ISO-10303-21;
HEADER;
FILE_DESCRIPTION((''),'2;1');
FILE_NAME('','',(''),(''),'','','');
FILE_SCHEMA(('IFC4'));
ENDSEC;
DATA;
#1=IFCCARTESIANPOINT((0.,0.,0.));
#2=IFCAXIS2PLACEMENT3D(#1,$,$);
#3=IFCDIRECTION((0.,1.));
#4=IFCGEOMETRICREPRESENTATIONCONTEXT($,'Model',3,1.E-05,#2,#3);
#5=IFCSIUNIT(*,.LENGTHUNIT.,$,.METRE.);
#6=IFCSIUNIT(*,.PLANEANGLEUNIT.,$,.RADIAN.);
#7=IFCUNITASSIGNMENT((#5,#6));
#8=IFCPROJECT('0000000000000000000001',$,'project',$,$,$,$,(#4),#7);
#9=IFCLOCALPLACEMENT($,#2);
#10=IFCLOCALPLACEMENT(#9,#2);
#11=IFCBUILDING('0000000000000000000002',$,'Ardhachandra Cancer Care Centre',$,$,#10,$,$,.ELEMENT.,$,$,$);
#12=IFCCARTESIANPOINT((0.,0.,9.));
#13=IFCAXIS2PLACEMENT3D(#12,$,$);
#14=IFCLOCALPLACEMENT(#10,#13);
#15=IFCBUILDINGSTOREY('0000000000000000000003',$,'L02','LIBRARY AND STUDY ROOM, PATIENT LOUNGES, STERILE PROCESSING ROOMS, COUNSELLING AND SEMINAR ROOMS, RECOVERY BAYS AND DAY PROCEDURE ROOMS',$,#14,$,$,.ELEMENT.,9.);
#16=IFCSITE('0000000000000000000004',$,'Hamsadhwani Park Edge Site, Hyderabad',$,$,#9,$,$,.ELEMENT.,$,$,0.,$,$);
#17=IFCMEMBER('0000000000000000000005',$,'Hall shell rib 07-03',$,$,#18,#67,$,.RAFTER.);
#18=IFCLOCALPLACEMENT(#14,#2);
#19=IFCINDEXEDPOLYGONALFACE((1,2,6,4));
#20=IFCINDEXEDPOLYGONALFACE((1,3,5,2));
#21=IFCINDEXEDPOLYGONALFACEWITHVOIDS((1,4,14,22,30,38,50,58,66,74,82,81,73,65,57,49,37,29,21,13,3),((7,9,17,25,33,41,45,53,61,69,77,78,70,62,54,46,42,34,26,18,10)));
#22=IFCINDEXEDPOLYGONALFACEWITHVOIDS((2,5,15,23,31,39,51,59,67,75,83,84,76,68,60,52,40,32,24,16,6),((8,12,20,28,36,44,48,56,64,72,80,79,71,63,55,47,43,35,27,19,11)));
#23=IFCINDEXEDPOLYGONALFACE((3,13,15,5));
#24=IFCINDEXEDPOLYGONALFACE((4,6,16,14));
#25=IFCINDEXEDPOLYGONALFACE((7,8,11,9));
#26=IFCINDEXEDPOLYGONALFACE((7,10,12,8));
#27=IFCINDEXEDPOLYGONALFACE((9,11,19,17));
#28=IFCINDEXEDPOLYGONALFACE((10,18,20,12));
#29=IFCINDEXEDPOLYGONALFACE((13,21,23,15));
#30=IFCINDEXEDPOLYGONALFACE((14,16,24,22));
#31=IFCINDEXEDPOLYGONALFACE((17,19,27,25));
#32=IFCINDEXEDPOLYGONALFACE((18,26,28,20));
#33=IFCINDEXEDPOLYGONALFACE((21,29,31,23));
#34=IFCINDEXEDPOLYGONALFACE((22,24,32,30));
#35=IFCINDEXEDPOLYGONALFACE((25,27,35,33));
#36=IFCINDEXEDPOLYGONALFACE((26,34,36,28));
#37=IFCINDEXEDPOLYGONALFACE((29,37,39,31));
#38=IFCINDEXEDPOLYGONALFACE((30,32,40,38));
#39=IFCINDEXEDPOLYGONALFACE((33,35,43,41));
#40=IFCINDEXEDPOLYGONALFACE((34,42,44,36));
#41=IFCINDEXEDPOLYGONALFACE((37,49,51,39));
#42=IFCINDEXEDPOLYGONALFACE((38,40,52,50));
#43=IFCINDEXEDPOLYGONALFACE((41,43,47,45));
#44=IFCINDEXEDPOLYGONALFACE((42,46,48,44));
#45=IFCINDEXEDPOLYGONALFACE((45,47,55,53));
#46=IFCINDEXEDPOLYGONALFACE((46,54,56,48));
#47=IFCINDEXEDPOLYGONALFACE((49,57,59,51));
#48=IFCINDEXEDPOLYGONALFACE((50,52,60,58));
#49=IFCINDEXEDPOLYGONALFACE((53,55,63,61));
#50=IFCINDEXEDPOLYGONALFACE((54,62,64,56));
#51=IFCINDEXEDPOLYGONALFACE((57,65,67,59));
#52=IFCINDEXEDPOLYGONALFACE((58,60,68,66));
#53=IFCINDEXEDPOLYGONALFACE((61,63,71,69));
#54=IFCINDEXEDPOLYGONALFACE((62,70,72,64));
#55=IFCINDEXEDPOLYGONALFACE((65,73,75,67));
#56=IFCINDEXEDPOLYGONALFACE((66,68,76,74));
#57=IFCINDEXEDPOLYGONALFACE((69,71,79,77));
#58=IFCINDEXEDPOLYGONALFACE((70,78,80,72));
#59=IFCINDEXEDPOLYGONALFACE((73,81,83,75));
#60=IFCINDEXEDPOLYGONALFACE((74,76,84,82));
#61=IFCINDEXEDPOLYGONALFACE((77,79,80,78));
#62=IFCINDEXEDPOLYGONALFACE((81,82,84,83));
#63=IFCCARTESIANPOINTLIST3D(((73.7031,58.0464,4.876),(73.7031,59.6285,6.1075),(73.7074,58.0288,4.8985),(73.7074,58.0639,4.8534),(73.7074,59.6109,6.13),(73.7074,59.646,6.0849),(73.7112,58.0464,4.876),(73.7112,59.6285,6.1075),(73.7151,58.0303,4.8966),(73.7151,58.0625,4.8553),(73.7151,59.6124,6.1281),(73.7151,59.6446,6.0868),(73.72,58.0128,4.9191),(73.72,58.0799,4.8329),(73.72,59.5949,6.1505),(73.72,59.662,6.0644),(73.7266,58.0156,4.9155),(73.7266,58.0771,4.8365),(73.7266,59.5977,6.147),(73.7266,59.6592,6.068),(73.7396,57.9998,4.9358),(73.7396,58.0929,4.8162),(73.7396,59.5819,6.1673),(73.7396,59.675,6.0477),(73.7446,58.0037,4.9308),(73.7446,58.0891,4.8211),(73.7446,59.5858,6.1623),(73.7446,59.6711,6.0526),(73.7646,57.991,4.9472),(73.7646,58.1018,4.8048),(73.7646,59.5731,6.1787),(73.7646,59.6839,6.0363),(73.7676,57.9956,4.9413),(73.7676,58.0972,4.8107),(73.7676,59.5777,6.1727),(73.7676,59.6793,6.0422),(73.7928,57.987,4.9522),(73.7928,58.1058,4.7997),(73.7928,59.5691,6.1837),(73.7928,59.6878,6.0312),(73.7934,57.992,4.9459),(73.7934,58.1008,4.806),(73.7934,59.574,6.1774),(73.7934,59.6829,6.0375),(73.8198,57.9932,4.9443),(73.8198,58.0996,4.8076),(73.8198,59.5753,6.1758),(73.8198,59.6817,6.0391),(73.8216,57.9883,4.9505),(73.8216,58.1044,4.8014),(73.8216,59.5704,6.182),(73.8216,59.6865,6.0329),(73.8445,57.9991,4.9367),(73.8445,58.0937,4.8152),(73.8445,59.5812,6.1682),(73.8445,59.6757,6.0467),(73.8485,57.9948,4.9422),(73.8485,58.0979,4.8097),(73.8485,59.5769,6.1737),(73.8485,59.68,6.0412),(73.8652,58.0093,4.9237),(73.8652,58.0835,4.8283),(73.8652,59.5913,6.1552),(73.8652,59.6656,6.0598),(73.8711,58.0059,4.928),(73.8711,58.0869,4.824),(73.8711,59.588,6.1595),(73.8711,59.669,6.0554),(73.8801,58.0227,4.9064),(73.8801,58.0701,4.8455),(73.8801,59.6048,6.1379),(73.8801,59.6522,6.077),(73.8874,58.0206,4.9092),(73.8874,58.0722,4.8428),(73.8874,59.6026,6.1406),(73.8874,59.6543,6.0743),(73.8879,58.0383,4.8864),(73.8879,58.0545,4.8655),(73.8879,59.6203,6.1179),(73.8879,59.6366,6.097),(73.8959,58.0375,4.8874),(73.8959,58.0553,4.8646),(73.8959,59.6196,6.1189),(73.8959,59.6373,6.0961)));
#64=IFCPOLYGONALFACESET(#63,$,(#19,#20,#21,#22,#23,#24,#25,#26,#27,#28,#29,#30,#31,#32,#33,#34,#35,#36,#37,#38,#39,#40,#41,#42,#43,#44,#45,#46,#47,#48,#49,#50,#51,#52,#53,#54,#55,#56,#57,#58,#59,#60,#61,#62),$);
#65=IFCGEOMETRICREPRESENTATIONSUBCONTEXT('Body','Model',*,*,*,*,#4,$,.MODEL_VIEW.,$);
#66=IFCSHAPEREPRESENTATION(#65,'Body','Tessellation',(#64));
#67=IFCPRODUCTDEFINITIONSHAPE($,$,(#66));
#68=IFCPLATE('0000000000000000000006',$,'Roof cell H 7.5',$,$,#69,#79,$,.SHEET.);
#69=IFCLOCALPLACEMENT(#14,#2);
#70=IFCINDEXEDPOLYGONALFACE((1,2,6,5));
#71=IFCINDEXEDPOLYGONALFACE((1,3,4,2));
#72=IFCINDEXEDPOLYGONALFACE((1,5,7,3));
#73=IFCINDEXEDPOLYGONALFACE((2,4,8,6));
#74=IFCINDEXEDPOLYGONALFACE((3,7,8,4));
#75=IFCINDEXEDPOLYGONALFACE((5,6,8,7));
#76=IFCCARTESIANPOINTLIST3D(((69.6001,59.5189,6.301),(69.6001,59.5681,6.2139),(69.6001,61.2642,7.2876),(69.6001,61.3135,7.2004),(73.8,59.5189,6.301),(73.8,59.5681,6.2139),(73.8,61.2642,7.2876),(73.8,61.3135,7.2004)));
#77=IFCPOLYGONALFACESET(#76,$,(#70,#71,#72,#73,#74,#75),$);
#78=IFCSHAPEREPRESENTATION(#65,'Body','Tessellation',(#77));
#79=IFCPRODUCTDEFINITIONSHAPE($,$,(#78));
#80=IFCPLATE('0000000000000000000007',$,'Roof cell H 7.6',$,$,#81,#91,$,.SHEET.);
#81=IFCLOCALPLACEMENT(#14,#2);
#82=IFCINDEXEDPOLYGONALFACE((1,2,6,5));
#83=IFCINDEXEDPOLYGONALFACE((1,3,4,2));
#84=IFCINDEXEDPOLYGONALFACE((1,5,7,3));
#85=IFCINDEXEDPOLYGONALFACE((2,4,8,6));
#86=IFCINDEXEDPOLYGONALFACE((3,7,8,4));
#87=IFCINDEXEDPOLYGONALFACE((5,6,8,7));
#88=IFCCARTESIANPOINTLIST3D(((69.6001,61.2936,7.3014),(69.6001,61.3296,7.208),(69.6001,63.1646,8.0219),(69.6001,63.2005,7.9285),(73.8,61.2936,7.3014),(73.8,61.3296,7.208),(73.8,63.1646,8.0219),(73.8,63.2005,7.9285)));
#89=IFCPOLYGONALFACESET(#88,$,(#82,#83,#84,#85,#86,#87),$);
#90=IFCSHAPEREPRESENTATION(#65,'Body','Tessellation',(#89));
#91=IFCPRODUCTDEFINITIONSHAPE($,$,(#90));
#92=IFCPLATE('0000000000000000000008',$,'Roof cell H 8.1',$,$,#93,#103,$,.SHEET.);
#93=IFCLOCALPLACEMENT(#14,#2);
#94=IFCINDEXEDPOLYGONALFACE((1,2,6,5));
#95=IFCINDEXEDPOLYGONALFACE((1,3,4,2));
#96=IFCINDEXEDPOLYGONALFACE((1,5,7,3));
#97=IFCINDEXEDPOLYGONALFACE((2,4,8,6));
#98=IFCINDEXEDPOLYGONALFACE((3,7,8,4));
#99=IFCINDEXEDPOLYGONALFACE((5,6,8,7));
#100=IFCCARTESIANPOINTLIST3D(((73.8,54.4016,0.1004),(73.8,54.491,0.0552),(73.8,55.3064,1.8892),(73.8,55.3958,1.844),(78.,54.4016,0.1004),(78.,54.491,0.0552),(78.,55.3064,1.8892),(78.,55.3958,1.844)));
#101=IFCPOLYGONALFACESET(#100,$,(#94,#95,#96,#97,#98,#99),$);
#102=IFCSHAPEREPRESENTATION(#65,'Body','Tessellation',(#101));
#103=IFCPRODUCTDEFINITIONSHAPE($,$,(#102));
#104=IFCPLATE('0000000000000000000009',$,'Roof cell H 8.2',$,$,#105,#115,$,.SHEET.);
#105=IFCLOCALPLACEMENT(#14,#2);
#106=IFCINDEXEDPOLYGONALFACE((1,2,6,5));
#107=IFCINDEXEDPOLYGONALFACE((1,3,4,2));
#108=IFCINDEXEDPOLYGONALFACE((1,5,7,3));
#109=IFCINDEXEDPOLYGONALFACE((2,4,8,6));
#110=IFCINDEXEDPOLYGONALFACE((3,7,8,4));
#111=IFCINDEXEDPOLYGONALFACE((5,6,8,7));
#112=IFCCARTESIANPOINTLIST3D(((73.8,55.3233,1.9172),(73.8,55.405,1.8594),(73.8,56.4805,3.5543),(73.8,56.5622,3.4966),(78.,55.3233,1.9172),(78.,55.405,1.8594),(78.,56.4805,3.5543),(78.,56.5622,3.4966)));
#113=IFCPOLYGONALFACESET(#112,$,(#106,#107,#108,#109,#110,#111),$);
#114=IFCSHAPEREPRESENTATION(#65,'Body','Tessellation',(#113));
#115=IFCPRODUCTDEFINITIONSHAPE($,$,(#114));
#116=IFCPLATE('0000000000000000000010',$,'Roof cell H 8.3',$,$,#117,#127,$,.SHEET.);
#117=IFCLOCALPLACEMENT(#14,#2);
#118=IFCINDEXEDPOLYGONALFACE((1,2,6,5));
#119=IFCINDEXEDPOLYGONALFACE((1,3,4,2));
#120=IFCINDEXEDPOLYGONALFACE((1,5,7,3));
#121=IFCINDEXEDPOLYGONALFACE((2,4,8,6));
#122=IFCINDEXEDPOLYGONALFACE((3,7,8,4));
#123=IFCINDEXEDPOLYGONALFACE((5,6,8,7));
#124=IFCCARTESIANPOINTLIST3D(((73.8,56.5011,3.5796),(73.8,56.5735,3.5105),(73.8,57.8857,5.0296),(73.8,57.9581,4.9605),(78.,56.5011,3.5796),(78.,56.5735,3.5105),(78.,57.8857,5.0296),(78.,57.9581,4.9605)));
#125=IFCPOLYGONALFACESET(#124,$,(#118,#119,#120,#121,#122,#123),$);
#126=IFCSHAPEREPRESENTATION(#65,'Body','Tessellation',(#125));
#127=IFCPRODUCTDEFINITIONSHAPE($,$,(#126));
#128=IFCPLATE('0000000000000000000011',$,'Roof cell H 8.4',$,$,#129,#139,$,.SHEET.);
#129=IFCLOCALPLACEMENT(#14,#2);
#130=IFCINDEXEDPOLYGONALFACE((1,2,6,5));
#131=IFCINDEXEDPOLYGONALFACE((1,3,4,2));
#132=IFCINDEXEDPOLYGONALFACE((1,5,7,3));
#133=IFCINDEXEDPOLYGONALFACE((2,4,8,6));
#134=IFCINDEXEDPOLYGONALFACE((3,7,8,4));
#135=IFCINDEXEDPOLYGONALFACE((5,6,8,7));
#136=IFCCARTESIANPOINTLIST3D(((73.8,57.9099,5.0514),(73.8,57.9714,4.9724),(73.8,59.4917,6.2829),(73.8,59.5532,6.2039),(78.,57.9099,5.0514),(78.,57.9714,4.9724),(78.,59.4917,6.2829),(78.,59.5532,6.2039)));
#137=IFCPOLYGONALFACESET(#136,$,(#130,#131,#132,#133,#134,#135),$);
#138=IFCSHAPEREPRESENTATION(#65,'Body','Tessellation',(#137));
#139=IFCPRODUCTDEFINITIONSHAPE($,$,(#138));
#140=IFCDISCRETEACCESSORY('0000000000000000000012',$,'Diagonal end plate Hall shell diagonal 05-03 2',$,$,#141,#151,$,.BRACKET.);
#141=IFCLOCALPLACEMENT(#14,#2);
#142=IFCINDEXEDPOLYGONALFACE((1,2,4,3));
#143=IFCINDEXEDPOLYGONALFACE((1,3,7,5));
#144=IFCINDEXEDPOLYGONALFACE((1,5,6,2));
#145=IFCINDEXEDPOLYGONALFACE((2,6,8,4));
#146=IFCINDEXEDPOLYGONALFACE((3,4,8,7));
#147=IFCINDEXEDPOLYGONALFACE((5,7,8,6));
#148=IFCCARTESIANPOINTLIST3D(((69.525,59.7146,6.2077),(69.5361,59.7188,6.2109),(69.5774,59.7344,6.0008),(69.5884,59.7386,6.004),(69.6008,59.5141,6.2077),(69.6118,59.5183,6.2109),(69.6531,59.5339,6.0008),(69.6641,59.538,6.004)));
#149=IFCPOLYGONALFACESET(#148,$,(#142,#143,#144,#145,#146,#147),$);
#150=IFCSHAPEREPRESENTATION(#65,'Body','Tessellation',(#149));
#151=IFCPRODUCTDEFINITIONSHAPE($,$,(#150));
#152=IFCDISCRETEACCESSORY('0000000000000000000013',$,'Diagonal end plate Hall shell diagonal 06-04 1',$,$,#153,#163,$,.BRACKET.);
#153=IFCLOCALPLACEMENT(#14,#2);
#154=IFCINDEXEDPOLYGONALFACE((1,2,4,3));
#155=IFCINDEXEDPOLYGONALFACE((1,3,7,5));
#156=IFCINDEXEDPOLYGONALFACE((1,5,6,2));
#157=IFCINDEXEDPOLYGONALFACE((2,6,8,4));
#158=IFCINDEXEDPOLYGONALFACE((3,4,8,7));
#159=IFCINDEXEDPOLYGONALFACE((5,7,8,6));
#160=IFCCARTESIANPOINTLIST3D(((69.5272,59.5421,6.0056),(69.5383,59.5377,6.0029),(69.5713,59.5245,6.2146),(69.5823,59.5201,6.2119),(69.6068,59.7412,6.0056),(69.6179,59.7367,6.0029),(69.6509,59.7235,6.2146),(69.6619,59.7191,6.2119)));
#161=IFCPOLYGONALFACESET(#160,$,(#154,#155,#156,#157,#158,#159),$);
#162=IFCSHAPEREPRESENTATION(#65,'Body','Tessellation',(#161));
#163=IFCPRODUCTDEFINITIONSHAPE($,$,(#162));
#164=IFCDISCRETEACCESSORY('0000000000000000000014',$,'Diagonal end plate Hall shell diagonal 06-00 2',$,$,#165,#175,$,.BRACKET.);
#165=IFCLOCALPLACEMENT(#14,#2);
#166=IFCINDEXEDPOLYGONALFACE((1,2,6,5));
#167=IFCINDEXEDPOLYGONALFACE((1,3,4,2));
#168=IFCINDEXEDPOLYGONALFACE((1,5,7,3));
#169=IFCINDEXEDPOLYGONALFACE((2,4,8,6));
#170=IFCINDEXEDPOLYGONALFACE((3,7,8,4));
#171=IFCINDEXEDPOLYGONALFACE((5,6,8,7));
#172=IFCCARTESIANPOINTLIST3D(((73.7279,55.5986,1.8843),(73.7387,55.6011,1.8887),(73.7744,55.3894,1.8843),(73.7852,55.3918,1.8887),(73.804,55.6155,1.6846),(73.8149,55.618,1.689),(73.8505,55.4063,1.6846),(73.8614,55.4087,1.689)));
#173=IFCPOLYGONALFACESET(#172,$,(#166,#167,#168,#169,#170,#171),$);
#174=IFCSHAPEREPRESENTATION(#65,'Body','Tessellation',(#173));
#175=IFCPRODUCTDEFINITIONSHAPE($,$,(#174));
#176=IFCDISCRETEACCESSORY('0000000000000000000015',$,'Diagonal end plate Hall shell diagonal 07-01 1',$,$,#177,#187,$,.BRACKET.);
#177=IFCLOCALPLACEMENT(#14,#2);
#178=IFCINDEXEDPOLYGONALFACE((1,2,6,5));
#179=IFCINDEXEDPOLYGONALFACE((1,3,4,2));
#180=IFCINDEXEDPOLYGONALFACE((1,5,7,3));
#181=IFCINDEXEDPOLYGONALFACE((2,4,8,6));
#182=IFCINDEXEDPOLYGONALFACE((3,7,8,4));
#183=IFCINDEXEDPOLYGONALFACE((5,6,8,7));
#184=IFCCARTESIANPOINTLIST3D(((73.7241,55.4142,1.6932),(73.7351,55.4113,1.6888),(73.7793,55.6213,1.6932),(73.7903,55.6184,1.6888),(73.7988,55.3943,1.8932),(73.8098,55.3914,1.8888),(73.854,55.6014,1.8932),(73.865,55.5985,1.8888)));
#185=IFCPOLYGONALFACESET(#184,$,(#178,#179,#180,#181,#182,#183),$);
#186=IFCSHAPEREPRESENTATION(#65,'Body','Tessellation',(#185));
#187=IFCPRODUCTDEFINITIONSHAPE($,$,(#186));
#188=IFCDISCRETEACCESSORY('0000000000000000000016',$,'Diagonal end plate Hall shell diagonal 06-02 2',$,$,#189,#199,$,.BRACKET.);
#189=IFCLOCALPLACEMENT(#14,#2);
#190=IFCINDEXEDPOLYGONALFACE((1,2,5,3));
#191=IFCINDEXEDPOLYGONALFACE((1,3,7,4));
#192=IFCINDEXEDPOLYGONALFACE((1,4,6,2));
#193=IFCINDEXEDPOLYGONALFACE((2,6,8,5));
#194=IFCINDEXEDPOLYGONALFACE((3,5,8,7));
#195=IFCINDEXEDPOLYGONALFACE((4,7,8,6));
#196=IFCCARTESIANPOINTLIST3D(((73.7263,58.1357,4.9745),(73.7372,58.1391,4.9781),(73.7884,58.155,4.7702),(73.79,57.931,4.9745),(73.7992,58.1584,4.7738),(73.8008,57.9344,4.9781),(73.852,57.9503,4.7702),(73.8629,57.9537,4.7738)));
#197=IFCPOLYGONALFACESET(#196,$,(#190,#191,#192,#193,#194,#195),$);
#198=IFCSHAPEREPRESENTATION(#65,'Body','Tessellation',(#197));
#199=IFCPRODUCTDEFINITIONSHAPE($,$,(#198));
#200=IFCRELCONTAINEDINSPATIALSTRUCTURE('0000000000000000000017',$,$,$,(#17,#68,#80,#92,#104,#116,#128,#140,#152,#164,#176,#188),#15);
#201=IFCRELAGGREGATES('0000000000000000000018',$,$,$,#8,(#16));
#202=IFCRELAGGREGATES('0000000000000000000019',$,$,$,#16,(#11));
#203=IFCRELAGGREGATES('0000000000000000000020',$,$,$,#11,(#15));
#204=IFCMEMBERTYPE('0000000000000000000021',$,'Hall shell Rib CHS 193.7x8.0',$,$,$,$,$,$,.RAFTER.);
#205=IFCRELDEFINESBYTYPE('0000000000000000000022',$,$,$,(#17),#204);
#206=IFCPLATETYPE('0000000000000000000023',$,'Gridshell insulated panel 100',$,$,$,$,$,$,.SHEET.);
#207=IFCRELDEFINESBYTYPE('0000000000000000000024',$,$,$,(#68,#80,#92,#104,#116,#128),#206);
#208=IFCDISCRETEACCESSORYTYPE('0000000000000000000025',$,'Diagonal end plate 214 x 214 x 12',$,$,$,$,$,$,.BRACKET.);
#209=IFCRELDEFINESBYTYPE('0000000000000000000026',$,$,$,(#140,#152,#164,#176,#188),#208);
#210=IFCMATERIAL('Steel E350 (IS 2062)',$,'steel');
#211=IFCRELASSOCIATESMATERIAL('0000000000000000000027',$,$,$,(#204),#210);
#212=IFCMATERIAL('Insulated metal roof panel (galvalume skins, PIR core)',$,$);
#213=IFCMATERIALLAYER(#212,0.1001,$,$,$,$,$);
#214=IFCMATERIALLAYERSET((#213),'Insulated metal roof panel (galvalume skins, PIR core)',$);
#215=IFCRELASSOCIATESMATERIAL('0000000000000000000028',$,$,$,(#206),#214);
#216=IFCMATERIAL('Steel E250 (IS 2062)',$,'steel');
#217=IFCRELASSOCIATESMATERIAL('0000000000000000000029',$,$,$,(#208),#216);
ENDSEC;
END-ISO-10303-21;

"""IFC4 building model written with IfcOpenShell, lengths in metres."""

from ifc_helpers import new_model, si_unit, direction, frame, origin, origin_2d, place, context, subcontext, project, spatial, polyline, rectangle, hollow_circle, outline, extrude, material, layer, layer_set, material_profile, profile_set, type_object, element, save


model = new_model("IFC4")

# Units and contexts
model_context = context("Model", 3, precision=1e-05, world=origin(), true_north=direction((0.0, 1.0)))
body_context = subcontext(model_context, "Body", "Model", "MODEL_VIEW")
ifc_project = project(units=[si_unit("LENGTHUNIT", "METRE"), si_unit("PLANEANGLEUNIT", "RADIAN")], contexts=[model_context])

# Site, building, storey
site_placement = place(None, origin())
site = spatial("IfcSite", under=ifc_project, at=site_placement, Name="Hamsadhwani Park Edge Site, Hyderabad", CompositionType="ELEMENT", RefElevation=0.0)
building_placement = place(site_placement, origin())
building = spatial("IfcBuilding", under=site, at=building_placement, Name="Ardhachandra Cancer Care Centre", CompositionType="ELEMENT")
storey_placement = place(building_placement, frame((0.0, 0.0, 9.0)))
storey = spatial("IfcBuildingStorey", under=building, at=storey_placement, Name="L02", Description="LIBRARY AND STUDY ROOM, PATIENT LOUNGES, STERILE PROCESSING ROOMS, COUNSELLING AND SEMINAR ROOMS, RECOVERY BAYS AND DAY PROCEDURE ROOMS", CompositionType="ELEMENT", Elevation=9.0)

# Member
ifc_material_1 = material(Name="Steel E350 (IS 2062)", Category="steel")
ifc_material_profile_1 = material_profile(ifc_material_1, hollow_circle(Radius=0.0969, WallThickness=0.0081, at=origin_2d()), Name="CHS 193.7x8.0")
ifc_profile_set_1 = profile_set([ifc_material_profile_1], Name="Steel E350 (IS 2062)")
member_type_1 = type_object("IfcMemberType", Name="Hall shell Rib CHS 193.7x8.0", PredefinedType="RAFTER", material=ifc_profile_set_1)
member_1_placement = place(storey_placement, frame((73.8, 58.0464, 4.876), z_axis=(0.0, 0.789116, 0.614244), x_axis=(-1.0, 0.0, 0.0)))
element("IfcMember", 1, at=member_1_placement, inside=storey, type_object=member_type_1, Name="Hall shell rib 07-03", PredefinedType="RAFTER", context=body_context, shape_type="SweptSolid", body=[
    extrude(hollow_circle(Radius=0.0969, WallThickness=0.0081, at=origin_2d()), origin(), (0.0, 0.0, 1.0), 2.0049),
])

# Plates
ifc_material_2 = material(Name="Insulated metal roof panel (galvalume skins, PIR core)")
ifc_layer = layer(ifc_material_2, 0.1001)
ifc_layer_set = layer_set([ifc_layer], Name="Insulated metal roof panel (galvalume skins, PIR core)")
plate_type = type_object("IfcPlateType", Name="Gridshell insulated panel 100", PredefinedType="SHEET", material=ifc_layer_set)
for number, where, z_axis, x_axis, name in (
    (2, (69.6001, 59.5681, 6.2139), (0.0, -0.492081, 0.870549), (1.0, 0.0, 0.0), "Roof cell H 7.5"),
    (3, (69.6001, 61.3296, 7.208), (0.0, -0.359371, 0.933195), (1.0, 0.0, 0.0), "Roof cell H 7.6"),
):
    element("IfcPlate", number, at=place(storey_placement, frame(where, z_axis=z_axis, x_axis=x_axis)), inside=storey, type_object=plate_type, Name=name, PredefinedType="SHEET", context=body_context, shape_type="SweptSolid", body=[
        extrude(outline(polyline([(0.0, 0.0), (4.2, 0.0), (4.2, 2.0049), (0.0, 2.0049), (0.0, 0.0)])), origin(), (0.0, 0.0, 1.0), 0.1001),
    ])
plate_1_placement = place(storey_placement, frame((73.8, 54.491, 0.0552), z_axis=(0.0, -0.892347, 0.45135), x_axis=(1.0, 0.0, 0.0)))
element("IfcPlate", 4, at=plate_1_placement, inside=storey, type_object=plate_type, Name="Roof cell H 8.1", PredefinedType="SHEET", context=body_context, shape_type="SweptSolid", body=[
    extrude(outline(polyline([(0.0, 0.0), (4.2, 0.0), (4.2, 2.0046), (0.0, 2.0046), (0.0, 0.0)])), origin(), (0.0, 0.0, 1.0), 0.1001),
])
for number, where, z_axis, x_axis, name in (
    (5, (73.8, 55.405, 1.8594), (0.0, -0.816603, 0.577199), (1.0, 0.0, 0.0), "Roof cell H 8.2"),
    (6, (73.8, 56.5735, 3.5105), (0.0, -0.723237, 0.6906), (1.0, 0.0, 0.0), "Roof cell H 8.3"),
):
    element("IfcPlate", number, at=place(storey_placement, frame(where, z_axis=z_axis, x_axis=x_axis)), inside=storey, type_object=plate_type, Name=name, PredefinedType="SHEET", context=body_context, shape_type="SweptSolid", body=[
        extrude(outline(polyline([(0.0, 0.0), (4.2, 0.0), (4.2, 2.0049), (0.0, 2.0049), (0.0, 0.0)])), origin(), (0.0, 0.0, 1.0), 0.1001),
    ])
plate_2_placement = place(storey_placement, frame((73.8, 57.9714, 4.9724), z_axis=(0.0, -0.614303, 0.78907), x_axis=(1.0, 0.0, 0.0)))
element("IfcPlate", 7, at=plate_2_placement, inside=storey, type_object=plate_type, Name="Roof cell H 8.4", PredefinedType="SHEET", context=body_context, shape_type="SweptSolid", body=[
    extrude(outline(polyline([(0.0, 0.0), (4.2, 0.0), (4.2, 2.0046), (0.0, 2.0046), (0.0, 0.0)])), origin(), (0.0, 0.0, 1.0), 0.1001),
])

# Discrete accessories
ifc_material_3 = material(Name="Steel E250 (IS 2062)", Category="steel")
ifc_material_profile_2 = material_profile(ifc_material_3, rectangle(XDim=0.2144, YDim=0.2144, at=origin_2d()), Name="PL 214x214x12")
ifc_profile_set_2 = profile_set([ifc_material_profile_2], Name="Steel E250 (IS 2062)")
discrete_accessory_type = type_object("IfcDiscreteAccessoryType", Name="Diagonal end plate 214 x 214 x 12", PredefinedType="BRACKET", material=ifc_profile_set_2)
for number, where, z_axis, x_axis, name in (
    (8, (69.6001, 59.6284, 6.1074), (-0.903076, -0.341162, -0.260889), (0.353401, -0.935472, 0.0), "Diagonal end plate Hall shell diagonal 05-03 2"),
    (9, (69.6001, 59.6284, 6.1074), (-0.905449, 0.36218, 0.221332), (-0.371391, -0.928477, 0.0), "Diagonal end plate Hall shell diagonal 06-04 1"),
):
    element("IfcDiscreteAccessory", number, at=place(storey_placement, frame(where, z_axis=z_axis, x_axis=x_axis)), inside=storey, type_object=discrete_accessory_type, Name=name, PredefinedType="BRACKET", context=body_context, shape_type="SweptSolid", body=[
        extrude(rectangle(XDim=0.2144, YDim=0.2144, at=origin_2d()), origin(), (0.0, 0.0, 1.0), 0.0122),
    ])
discrete_accessory_1_placement = place(storey_placement, frame((73.8, 55.5049, 1.7888), z_axis=(-0.909323, -0.202072, -0.363729), x_axis=(0.21693, -0.976187, 0.0)))
element("IfcDiscreteAccessory", 10, at=discrete_accessory_1_placement, inside=storey, type_object=discrete_accessory_type, Name="Diagonal end plate Hall shell diagonal 06-00 2", PredefinedType="BRACKET", context=body_context, shape_type="SweptSolid", body=[
    extrude(rectangle(XDim=0.2144, YDim=0.2144, at=origin_2d()), origin(), (0.0, 0.0, 1.0), 0.012),
])
discrete_accessory_2_placement = place(storey_placement, frame((73.8, 55.5049, 1.7888), z_axis=(-0.901263, 0.240337, 0.360505), x_axis=(-0.257663, -0.966235, 0.0)))
element("IfcDiscreteAccessory", 11, at=discrete_accessory_2_placement, inside=storey, type_object=discrete_accessory_type, Name="Diagonal end plate Hall shell diagonal 07-01 1", PredefinedType="BRACKET", context=body_context, shape_type="SweptSolid", body=[
    extrude(rectangle(XDim=0.2144, YDim=0.2144, at=origin_2d()), origin(), (0.0, 0.0, 1.0), 0.0122),
])
for number, where, z_axis, x_axis, name in (
    (12, (73.8, 58.0464, 4.876), (-0.90988, -0.283074, -0.303293), (0.297067, -0.954857, 0.0), "Diagonal end plate Hall shell diagonal 06-02 2"),
):
    element("IfcDiscreteAccessory", number, at=place(storey_placement, frame(where, z_axis=z_axis, x_axis=x_axis)), inside=storey, type_object=discrete_accessory_type, Name=name, PredefinedType="BRACKET", context=body_context, shape_type="SweptSolid", body=[
        extrude(rectangle(XDim=0.2144, YDim=0.2144, at=origin_2d()), origin(), (0.0, 0.0, 1.0), 0.012),
    ])

save(model, "model.ifc")
